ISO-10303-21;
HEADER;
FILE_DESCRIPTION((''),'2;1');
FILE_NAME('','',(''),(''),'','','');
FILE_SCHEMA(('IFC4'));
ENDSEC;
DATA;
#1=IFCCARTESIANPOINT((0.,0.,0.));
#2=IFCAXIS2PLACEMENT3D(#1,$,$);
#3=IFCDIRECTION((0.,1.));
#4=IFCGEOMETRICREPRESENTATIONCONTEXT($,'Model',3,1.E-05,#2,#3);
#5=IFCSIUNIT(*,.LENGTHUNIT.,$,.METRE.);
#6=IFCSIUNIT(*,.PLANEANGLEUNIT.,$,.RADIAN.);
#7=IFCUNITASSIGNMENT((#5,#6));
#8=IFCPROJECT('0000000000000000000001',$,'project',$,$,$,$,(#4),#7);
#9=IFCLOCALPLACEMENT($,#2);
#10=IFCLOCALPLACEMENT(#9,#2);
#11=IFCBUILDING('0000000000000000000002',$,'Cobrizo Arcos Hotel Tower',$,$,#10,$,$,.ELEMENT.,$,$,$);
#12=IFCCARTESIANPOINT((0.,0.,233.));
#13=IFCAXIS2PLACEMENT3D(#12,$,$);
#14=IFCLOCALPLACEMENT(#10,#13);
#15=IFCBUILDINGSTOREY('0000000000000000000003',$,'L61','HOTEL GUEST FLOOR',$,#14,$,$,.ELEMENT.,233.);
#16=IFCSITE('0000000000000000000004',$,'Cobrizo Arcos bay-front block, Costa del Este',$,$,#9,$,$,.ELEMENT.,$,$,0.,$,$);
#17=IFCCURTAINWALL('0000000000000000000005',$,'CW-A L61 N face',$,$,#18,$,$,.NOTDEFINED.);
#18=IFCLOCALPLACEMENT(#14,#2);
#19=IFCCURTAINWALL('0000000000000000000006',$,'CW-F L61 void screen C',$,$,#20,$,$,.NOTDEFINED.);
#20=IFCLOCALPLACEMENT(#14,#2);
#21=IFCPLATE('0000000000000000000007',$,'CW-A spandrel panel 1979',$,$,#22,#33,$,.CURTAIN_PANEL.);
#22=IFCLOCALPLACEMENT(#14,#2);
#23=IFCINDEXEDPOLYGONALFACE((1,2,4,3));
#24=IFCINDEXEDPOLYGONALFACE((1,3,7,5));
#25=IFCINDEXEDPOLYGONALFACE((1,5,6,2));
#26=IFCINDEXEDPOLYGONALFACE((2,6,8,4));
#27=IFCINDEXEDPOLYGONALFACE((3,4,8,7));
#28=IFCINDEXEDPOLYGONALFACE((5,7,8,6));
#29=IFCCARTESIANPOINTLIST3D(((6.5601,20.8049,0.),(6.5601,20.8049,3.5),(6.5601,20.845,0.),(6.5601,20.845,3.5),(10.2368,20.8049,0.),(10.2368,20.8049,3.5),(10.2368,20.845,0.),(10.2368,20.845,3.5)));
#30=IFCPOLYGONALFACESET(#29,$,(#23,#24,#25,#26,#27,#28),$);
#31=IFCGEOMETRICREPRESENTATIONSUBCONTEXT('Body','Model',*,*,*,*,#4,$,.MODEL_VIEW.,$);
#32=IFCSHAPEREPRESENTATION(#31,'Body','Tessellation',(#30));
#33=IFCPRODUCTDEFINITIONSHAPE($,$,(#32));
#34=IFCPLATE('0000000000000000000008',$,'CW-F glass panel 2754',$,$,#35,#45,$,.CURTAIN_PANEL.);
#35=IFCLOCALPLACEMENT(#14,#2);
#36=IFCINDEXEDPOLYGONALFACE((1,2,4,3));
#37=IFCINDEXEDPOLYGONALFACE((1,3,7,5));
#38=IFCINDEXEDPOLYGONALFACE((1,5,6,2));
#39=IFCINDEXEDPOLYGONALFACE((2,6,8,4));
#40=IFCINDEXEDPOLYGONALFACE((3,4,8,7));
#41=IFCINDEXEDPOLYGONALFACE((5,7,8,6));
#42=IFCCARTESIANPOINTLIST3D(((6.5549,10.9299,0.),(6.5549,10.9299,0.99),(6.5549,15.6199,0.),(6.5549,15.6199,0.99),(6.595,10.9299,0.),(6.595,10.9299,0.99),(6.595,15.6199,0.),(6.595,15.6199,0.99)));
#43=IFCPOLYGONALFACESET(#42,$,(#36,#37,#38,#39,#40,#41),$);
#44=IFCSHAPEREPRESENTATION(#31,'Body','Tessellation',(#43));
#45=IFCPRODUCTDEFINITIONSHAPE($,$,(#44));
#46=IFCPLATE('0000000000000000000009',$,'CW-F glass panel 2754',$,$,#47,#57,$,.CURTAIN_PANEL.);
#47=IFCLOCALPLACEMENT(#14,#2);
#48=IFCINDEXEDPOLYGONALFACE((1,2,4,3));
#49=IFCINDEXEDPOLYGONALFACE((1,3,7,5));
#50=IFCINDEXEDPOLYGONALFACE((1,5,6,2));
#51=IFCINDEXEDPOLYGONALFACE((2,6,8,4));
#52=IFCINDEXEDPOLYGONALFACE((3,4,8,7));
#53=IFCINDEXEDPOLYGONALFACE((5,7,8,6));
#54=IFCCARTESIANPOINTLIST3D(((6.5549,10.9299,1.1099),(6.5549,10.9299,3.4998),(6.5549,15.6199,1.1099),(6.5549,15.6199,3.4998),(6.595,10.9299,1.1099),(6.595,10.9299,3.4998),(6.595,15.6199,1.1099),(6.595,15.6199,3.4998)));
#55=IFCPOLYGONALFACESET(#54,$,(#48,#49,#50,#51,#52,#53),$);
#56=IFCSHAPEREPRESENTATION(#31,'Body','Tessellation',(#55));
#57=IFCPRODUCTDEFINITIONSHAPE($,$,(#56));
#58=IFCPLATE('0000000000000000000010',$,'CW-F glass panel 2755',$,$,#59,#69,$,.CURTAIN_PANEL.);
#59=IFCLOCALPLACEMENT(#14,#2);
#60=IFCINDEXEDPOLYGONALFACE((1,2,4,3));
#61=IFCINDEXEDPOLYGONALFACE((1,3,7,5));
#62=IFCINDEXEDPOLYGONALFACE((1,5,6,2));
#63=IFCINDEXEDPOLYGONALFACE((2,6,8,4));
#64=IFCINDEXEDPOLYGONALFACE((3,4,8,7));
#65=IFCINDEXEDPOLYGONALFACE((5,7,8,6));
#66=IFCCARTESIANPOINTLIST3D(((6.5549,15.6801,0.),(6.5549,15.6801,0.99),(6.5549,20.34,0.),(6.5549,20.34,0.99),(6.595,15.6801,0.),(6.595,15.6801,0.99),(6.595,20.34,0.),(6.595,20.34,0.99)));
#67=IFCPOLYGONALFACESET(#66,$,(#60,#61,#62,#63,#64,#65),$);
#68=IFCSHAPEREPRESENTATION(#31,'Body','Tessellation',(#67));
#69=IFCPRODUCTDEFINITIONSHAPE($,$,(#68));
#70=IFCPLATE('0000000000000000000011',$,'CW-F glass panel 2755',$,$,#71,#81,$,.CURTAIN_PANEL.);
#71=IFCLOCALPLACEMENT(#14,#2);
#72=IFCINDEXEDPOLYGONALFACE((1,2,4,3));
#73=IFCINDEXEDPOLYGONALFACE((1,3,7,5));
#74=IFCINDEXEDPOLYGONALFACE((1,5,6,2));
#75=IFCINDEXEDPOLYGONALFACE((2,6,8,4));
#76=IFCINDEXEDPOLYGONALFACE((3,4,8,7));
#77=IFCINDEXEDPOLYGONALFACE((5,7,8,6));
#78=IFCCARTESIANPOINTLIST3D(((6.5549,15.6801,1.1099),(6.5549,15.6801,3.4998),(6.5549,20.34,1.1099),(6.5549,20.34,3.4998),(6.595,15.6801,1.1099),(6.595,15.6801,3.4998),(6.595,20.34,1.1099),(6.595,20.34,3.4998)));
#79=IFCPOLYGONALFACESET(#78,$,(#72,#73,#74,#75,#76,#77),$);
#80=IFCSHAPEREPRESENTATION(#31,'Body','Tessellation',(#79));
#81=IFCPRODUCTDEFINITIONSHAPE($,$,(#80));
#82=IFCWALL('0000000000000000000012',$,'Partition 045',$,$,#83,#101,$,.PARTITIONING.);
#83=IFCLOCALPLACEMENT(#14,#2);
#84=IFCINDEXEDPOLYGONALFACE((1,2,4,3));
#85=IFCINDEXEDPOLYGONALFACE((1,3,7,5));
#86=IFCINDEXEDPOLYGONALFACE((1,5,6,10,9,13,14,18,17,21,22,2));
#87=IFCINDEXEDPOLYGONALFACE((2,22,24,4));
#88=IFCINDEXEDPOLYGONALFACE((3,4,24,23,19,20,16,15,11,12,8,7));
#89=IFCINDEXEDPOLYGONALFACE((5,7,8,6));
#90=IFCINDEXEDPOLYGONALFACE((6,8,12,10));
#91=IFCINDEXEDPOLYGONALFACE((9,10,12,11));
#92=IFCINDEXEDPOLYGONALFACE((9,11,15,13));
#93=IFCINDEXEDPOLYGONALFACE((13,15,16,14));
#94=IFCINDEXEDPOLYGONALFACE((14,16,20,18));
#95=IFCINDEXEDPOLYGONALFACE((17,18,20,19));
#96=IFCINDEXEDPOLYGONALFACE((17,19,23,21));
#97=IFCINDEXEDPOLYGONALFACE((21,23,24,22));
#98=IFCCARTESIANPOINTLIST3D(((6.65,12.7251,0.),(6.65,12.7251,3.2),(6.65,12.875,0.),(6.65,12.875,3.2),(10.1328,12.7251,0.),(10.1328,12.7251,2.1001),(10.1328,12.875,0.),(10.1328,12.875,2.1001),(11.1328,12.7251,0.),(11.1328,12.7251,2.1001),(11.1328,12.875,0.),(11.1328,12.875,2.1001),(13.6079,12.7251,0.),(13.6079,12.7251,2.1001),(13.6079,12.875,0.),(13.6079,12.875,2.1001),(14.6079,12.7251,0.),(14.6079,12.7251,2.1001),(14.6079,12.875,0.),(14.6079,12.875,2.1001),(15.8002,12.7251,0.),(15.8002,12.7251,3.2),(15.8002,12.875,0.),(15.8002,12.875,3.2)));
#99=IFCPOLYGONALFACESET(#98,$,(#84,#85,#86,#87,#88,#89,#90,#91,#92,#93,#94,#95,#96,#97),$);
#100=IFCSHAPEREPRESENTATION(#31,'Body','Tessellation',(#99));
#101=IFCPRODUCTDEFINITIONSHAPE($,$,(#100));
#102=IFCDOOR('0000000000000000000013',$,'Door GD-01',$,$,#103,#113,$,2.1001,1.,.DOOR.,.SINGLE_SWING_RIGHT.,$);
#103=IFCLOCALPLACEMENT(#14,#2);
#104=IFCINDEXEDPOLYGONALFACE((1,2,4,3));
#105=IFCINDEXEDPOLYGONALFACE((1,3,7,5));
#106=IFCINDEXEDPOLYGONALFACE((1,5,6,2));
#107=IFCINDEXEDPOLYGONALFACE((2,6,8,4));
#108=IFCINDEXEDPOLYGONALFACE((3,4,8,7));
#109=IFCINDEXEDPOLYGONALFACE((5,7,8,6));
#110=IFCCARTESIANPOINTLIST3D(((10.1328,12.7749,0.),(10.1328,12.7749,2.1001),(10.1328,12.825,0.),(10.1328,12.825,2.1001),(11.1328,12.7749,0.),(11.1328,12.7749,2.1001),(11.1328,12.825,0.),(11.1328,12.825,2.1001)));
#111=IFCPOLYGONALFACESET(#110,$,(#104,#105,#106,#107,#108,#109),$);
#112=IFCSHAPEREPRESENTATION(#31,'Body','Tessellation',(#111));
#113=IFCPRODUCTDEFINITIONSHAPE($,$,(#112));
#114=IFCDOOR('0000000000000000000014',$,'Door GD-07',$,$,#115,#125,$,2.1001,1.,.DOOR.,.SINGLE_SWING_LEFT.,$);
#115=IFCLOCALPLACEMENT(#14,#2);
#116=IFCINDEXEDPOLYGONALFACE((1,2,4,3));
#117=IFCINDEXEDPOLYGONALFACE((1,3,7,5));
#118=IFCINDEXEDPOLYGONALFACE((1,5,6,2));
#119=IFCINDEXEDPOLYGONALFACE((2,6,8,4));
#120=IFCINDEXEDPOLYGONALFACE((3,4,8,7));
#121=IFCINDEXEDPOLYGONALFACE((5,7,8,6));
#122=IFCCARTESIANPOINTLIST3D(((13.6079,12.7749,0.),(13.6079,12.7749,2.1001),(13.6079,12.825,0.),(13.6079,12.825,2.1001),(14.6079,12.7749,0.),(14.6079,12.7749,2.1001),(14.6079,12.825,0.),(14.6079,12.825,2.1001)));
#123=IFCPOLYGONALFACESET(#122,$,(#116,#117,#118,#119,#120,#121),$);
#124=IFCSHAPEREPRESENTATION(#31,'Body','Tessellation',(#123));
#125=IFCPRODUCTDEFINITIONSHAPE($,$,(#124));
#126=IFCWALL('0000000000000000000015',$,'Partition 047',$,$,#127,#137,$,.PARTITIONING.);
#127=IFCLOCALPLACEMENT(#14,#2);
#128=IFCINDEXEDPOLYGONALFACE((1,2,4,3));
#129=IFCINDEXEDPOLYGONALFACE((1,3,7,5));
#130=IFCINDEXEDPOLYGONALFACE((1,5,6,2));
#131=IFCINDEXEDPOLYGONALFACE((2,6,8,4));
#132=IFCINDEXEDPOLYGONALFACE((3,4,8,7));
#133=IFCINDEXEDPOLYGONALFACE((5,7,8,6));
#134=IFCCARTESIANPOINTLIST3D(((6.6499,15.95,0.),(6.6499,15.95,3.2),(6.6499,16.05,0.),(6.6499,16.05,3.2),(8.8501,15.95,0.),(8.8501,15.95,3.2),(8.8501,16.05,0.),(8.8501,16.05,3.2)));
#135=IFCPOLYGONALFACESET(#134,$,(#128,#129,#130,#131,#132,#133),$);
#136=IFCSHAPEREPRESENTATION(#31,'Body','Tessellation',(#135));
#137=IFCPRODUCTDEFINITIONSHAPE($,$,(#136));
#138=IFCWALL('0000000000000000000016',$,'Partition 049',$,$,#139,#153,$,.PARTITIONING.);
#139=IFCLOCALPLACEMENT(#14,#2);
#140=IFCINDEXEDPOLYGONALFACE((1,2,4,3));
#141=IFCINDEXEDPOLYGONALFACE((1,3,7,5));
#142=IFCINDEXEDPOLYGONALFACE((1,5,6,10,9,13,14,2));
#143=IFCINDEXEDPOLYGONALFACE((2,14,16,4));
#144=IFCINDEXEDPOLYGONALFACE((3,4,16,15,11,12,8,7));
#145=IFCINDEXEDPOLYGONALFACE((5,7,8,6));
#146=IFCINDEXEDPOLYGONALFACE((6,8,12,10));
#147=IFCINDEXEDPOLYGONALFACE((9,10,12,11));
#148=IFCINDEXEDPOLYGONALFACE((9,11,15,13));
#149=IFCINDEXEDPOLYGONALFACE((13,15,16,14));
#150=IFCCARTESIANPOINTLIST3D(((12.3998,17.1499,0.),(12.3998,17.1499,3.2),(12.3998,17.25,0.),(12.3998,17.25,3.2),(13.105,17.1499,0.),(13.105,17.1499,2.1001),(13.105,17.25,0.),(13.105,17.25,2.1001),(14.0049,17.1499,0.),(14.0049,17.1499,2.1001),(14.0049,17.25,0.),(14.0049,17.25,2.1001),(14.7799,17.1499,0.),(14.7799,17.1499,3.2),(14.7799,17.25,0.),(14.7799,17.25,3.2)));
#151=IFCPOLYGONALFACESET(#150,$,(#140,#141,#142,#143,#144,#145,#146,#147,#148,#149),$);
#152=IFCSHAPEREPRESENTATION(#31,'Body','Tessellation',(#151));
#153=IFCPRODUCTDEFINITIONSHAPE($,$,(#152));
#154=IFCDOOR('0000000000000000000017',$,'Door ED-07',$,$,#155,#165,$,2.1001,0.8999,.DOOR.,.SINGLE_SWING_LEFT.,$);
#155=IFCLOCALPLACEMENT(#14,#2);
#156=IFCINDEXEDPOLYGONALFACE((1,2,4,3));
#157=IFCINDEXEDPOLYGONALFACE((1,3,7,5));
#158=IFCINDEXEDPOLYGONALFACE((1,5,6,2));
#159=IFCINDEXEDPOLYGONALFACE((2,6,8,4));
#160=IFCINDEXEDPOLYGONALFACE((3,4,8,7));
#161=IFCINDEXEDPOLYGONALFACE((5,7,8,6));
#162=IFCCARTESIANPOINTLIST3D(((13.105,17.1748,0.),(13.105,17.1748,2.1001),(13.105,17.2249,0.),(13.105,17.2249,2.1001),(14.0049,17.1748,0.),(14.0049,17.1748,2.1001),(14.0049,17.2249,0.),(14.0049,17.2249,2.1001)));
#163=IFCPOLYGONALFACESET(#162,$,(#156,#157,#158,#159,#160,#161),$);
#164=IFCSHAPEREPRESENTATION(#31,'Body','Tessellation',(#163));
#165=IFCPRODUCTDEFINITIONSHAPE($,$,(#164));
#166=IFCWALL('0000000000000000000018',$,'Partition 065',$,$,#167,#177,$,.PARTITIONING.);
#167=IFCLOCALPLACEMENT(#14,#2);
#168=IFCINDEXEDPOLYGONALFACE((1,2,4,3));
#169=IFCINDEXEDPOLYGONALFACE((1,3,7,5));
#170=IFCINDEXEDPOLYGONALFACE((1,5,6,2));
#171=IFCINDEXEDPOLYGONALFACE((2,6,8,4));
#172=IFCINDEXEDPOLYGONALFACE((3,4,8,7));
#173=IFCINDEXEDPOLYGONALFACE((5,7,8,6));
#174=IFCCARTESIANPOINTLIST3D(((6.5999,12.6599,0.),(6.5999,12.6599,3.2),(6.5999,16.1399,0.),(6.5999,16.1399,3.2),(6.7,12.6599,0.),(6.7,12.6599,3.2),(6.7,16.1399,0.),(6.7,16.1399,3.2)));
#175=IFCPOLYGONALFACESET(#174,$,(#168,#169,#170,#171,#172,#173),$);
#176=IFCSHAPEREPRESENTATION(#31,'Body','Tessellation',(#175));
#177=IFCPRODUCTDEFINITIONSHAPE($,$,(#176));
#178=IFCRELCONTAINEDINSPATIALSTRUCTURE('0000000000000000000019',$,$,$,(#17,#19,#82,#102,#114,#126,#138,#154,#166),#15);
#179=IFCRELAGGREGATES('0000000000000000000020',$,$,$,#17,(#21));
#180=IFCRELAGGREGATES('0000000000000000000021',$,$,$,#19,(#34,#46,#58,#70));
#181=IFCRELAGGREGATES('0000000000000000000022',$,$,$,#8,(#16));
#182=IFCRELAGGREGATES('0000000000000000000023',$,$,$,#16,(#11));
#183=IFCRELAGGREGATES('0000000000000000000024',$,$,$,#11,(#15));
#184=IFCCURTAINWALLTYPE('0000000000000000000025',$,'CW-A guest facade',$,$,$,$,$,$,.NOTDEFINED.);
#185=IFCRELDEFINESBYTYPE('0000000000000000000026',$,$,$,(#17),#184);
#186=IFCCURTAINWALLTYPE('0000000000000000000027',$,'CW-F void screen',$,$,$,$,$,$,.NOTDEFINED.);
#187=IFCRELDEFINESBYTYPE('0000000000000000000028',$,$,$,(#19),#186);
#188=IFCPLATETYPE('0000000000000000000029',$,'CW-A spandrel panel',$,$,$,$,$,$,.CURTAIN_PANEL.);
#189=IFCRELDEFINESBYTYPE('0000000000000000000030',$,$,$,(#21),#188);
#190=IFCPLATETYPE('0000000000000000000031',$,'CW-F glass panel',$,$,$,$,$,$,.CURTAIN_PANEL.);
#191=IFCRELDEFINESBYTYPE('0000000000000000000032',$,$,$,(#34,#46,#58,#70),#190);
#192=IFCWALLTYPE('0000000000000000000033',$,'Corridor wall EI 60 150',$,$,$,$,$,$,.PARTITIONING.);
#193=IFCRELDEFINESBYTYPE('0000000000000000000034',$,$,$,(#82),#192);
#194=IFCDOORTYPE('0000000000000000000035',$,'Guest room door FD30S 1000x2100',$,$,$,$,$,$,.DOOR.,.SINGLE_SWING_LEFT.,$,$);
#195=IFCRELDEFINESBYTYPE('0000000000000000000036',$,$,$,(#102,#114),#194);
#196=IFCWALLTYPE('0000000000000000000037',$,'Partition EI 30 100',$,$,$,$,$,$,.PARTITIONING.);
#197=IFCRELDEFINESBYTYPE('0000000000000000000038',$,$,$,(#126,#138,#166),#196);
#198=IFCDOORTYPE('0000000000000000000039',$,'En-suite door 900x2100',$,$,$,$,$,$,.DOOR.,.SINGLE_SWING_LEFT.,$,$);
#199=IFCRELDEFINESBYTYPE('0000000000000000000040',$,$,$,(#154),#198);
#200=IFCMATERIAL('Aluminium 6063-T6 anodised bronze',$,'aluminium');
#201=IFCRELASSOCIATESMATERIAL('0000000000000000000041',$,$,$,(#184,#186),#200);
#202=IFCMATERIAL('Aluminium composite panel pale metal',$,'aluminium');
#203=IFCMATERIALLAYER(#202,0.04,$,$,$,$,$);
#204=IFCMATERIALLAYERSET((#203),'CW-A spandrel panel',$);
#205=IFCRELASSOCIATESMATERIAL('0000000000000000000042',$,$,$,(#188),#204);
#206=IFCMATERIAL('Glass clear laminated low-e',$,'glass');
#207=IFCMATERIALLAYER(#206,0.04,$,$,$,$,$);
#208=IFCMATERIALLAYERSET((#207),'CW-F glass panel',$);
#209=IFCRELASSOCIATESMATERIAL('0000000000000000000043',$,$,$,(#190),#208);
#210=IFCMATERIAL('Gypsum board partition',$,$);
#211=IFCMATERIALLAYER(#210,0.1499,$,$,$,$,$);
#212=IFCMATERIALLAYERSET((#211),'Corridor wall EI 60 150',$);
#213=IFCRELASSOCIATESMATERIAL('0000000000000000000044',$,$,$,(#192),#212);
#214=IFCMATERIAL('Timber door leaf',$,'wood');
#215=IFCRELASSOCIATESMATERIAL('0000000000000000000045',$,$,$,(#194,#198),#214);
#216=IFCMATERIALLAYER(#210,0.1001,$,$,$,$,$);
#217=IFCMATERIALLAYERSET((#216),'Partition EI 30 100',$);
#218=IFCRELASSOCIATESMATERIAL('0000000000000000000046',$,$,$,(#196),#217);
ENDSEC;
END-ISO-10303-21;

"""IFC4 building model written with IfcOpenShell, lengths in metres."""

from ifc_helpers import new_model, si_unit, direction, frame, frame_2d, origin, origin_2d, place, context, subcontext, project, spatial, rectangle, extrude, material, layer, layer_set, type_object, element, fill, aggregate, save


model = new_model("IFC4")

# Units and contexts
model_context = context("Model", 3, precision=1e-05, world=origin(), true_north=direction((0.0, 1.0)))
body_context = subcontext(model_context, "Body", "Model", "MODEL_VIEW")
ifc_project = project(units=[si_unit("LENGTHUNIT", "METRE"), si_unit("PLANEANGLEUNIT", "RADIAN")], contexts=[model_context])

# Site, building, storey
site_placement = place(None, origin())
site = spatial("IfcSite", under=ifc_project, at=site_placement, Name="Cobrizo Arcos bay-front block, Costa del Este", CompositionType="ELEMENT", RefElevation=0.0)
building_placement = place(site_placement, origin())
building = spatial("IfcBuilding", under=site, at=building_placement, Name="Cobrizo Arcos Hotel Tower", CompositionType="ELEMENT")
storey_placement = place(building_placement, frame((0.0, 0.0, 233.0)))
storey = spatial("IfcBuildingStorey", under=building, at=storey_placement, Name="L61", Description="HOTEL GUEST FLOOR", CompositionType="ELEMENT", Elevation=233.0)

# Curtain wall
ifc_material_1 = material(Name="Aluminium 6063-T6 anodised bronze", Category="aluminium")
curtain_wall_type_1 = type_object("IfcCurtainWallType", Name="CW-A guest facade", PredefinedType="NOTDEFINED", material=ifc_material_1)
curtain_wall_1_placement = place(storey_placement, origin())
curtain_wall_1 = element("IfcCurtainWall", 1, at=curtain_wall_1_placement, inside=storey, type_object=curtain_wall_type_1, Name="CW-A L61 N face", PredefinedType="NOTDEFINED")

# Curtain wall
curtain_wall_type_2 = type_object("IfcCurtainWallType", Name="CW-F void screen", PredefinedType="NOTDEFINED", material=ifc_material_1)
curtain_wall_2_placement = place(storey_placement, origin())
curtain_wall_2 = element("IfcCurtainWall", 2, at=curtain_wall_2_placement, inside=storey, type_object=curtain_wall_type_2, Name="CW-F L61 void screen C", PredefinedType="NOTDEFINED")

# Plates
ifc_material_2 = material(Name="Aluminium composite panel pale metal", Category="aluminium")
ifc_layer_1 = layer(ifc_material_2, 0.04)
ifc_layer_set_1 = layer_set([ifc_layer_1], Name="CW-A spandrel panel")
plate_type_1 = type_object("IfcPlateType", Name="CW-A spandrel panel", PredefinedType="CURTAIN_PANEL", material=ifc_layer_set_1)
plate_1_placement = place(storey_placement, frame((8.3984, 20.825, 0.0), z_axis=(0.0, 0.0, 1.0), x_axis=(-1.0, 0.0, 0.0)))
plate_1 = element("IfcPlate", 3, at=plate_1_placement, type_object=plate_type_1, Name="CW-A spandrel panel 1979", PredefinedType="CURTAIN_PANEL", context=body_context, shape_type="SweptSolid", body=[
    extrude(rectangle(XDim=3.6768, YDim=0.04, at=origin_2d()), origin(), (0.0, 0.0, 1.0), 3.5),
])
aggregate(curtain_wall_1, [plate_1])
ifc_material_3 = material(Name="Glass clear laminated low-e", Category="glass")
ifc_layer_2 = layer(ifc_material_3, 0.04)
ifc_layer_set_2 = layer_set([ifc_layer_2], Name="CW-F glass panel")
plate_type_2 = type_object("IfcPlateType", Name="CW-F glass panel", PredefinedType="CURTAIN_PANEL", material=ifc_layer_set_2)
plate_2_placement = place(storey_placement, frame((6.575, 13.2749, 0.0), z_axis=(0.0, 0.0, 1.0), x_axis=(0.0, 1.0, 0.0)))
plate_2 = element("IfcPlate", 4, at=plate_2_placement, type_object=plate_type_2, Name="CW-F glass panel 2754", PredefinedType="CURTAIN_PANEL", context=body_context, shape_type="SweptSolid", body=[
    extrude(rectangle(XDim=4.6899, YDim=0.04, at=origin_2d()), origin(), (0.0, 0.0, 1.0), 0.99),
])
plate_3_placement = place(storey_placement, frame((6.575, 13.2749, 1.1099), z_axis=(0.0, 0.0, 1.0), x_axis=(0.0, 1.0, 0.0)))
plate_3 = element("IfcPlate", 5, at=plate_3_placement, type_object=plate_type_2, Name="CW-F glass panel 2754", PredefinedType="CURTAIN_PANEL", context=body_context, shape_type="SweptSolid", body=[
    extrude(rectangle(XDim=4.6899, YDim=0.04, at=origin_2d()), origin(), (0.0, 0.0, 1.0), 2.3899),
])
plate_4_placement = place(storey_placement, frame((6.575, 18.01, 0.0), z_axis=(0.0, 0.0, 1.0), x_axis=(0.0, 1.0, 0.0)))
plate_4 = element("IfcPlate", 6, at=plate_4_placement, type_object=plate_type_2, Name="CW-F glass panel 2755", PredefinedType="CURTAIN_PANEL", context=body_context, shape_type="SweptSolid", body=[
    extrude(rectangle(XDim=4.6599, YDim=0.04, at=origin_2d()), origin(), (0.0, 0.0, 1.0), 0.99),
])
plate_5_placement = place(storey_placement, frame((6.575, 18.01, 1.1099), z_axis=(0.0, 0.0, 1.0), x_axis=(0.0, 1.0, 0.0)))
plate_5 = element("IfcPlate", 7, at=plate_5_placement, type_object=plate_type_2, Name="CW-F glass panel 2755", PredefinedType="CURTAIN_PANEL", context=body_context, shape_type="SweptSolid", body=[
    extrude(rectangle(XDim=4.6599, YDim=0.04, at=origin_2d()), origin(), (0.0, 0.0, 1.0), 2.3899),
])
aggregate(curtain_wall_2, [plate_2, plate_3, plate_4, plate_5])

# Wall, openings, doors
ifc_material_4 = material(Name="Gypsum board partition")
ifc_layer_3 = layer(ifc_material_4, 0.1499)
ifc_layer_set_3 = layer_set([ifc_layer_3], Name="Corridor wall EI 60 150")
wall_type_1 = type_object("IfcWallType", Name="Corridor wall EI 60 150", PredefinedType="PARTITIONING", material=ifc_layer_set_3)
wall_1_placement = place(storey_placement, frame((6.6499, 12.8, 0.0), z_axis=(0.0, 0.0, 1.0), x_axis=(1.0, 0.0, 0.0)))
wall_1 = element("IfcWall", 8, at=wall_1_placement, inside=storey, type_object=wall_type_1, Name="Partition 045", PredefinedType="PARTITIONING", context=body_context, shape_type="SweptSolid", body=[
    extrude(rectangle(XDim=9.1501, YDim=0.1499, at=frame_2d((4.5752, 0.0))), origin(), (0.0, 0.0, 1.0), 3.2),
])
opening_1_placement = place(wall_1_placement, frame((3.4829, 0.0, 0.0)))
opening_1 = element("IfcOpeningElement", 9, at=opening_1_placement, cuts=wall_1, PredefinedType="OPENING", context=body_context, shape_type="SweptSolid", body=[
    extrude(rectangle(XDim=1.0, YDim=2.1001, at=frame_2d((0.5, 1.05))), frame((0.0, 0.0869, 0.0), z_axis=(0.0, -1.0, 0.0), x_axis=(1.0, 0.0, 0.0)), (0.0, 0.0, 1.0), 0.1738),
])
opening_2_placement = place(wall_1_placement, frame((6.958, 0.0, 0.0)))
opening_2 = element("IfcOpeningElement", 10, at=opening_2_placement, cuts=wall_1, PredefinedType="OPENING", context=body_context, shape_type="SweptSolid", body=[
    extrude(rectangle(XDim=1.0, YDim=2.1001, at=frame_2d((0.5, 1.05))), frame((0.0, 0.0869, 0.0), z_axis=(0.0, -1.0, 0.0), x_axis=(1.0, 0.0, 0.0)), (0.0, 0.0, 1.0), 0.1738),
])
ifc_material_5 = material(Name="Timber door leaf", Category="wood")
door_type_1 = type_object("IfcDoorType", Name="Guest room door FD30S 1000x2100", OperationType="SINGLE_SWING_LEFT", PredefinedType="DOOR", material=ifc_material_5)
door_1_placement = place(opening_1_placement, origin())
door_1 = element("IfcDoor", 11, at=door_1_placement, inside=storey, type_object=door_type_1, Name="Door GD-01", OperationType="SINGLE_SWING_RIGHT", OverallHeight=2.1001, OverallWidth=1.0, PredefinedType="DOOR", context=body_context, shape_type="SweptSolid", body=[
    extrude(rectangle(XDim=1.0, YDim=2.1001, at=frame_2d((0.5, 1.05))), frame((0.0, 0.0249, 0.0), z_axis=(0.0, -1.0, 0.0), x_axis=(1.0, 0.0, 0.0)), (0.0, 0.0, 1.0), 0.05),
])
fill(opening_1, door_1)
door_2_placement = place(opening_2_placement, origin())
door_2 = element("IfcDoor", 12, at=door_2_placement, inside=storey, type_object=door_type_1, Name="Door GD-07", OperationType="SINGLE_SWING_LEFT", OverallHeight=2.1001, OverallWidth=1.0, PredefinedType="DOOR", context=body_context, shape_type="SweptSolid", body=[
    extrude(rectangle(XDim=1.0, YDim=2.1001, at=frame_2d((0.5, 1.05))), frame((0.0, 0.0249, 0.0), z_axis=(0.0, -1.0, 0.0), x_axis=(1.0, 0.0, 0.0)), (0.0, 0.0, 1.0), 0.05),
])
fill(opening_2, door_2)

# Wall
ifc_layer_4 = layer(ifc_material_4, 0.1001)
ifc_layer_set_4 = layer_set([ifc_layer_4], Name="Partition EI 30 100")
wall_type_2 = type_object("IfcWallType", Name="Partition EI 30 100", PredefinedType="PARTITIONING", material=ifc_layer_set_4)
wall_2_placement = place(storey_placement, frame((6.6499, 16.0, 0.0), z_axis=(0.0, 0.0, 1.0), x_axis=(1.0, 0.0, 0.0)))
element("IfcWall", 13, at=wall_2_placement, inside=storey, type_object=wall_type_2, Name="Partition 047", PredefinedType="PARTITIONING", context=body_context, shape_type="SweptSolid", body=[
    extrude(rectangle(XDim=2.2002, YDim=0.1001, at=frame_2d((1.1001, 0.0))), origin(), (0.0, 0.0, 1.0), 3.2),
])

# Wall, opening, door
wall_3_placement = place(storey_placement, frame((12.3999, 17.2, 0.0), z_axis=(0.0, 0.0, 1.0), x_axis=(1.0, 0.0, 0.0)))
wall_3 = element("IfcWall", 14, at=wall_3_placement, inside=storey, type_object=wall_type_2, Name="Partition 049", PredefinedType="PARTITIONING", context=body_context, shape_type="SweptSolid", body=[
    extrude(rectangle(XDim=2.3801, YDim=0.1001, at=frame_2d((1.1899, 0.0))), origin(), (0.0, 0.0, 1.0), 3.2),
])
opening_3_placement = place(wall_3_placement, frame((0.7051, 0.0, 0.0)))
opening_3 = element("IfcOpeningElement", 15, at=opening_3_placement, cuts=wall_3, PredefinedType="OPENING", context=body_context, shape_type="SweptSolid", body=[
    extrude(rectangle(XDim=0.8999, YDim=2.1001, at=frame_2d((0.45, 1.05))), frame((0.0, 0.062, 0.0), z_axis=(0.0, -1.0, 0.0), x_axis=(1.0, 0.0, 0.0)), (0.0, 0.0, 1.0), 0.124),
])
door_type_2 = type_object("IfcDoorType", Name="En-suite door 900x2100", OperationType="SINGLE_SWING_LEFT", PredefinedType="DOOR", material=ifc_material_5)
door_3_placement = place(opening_3_placement, origin())
door_3 = element("IfcDoor", 16, at=door_3_placement, inside=storey, type_object=door_type_2, Name="Door ED-07", OperationType="SINGLE_SWING_LEFT", OverallHeight=2.1001, OverallWidth=0.8999, PredefinedType="DOOR", context=body_context, shape_type="SweptSolid", body=[
    extrude(rectangle(XDim=0.8999, YDim=2.1001, at=frame_2d((0.45, 1.05))), frame((0.0, 0.0249, 0.0), z_axis=(0.0, -1.0, 0.0), x_axis=(1.0, 0.0, 0.0)), (0.0, 0.0, 1.0), 0.05),
])
fill(opening_3, door_3)

# Wall
wall_4_placement = place(storey_placement, frame((6.6499, 12.6599, 0.0), z_axis=(0.0, 0.0, 1.0), x_axis=(0.0, 1.0, 0.0)))
element("IfcWall", 17, at=wall_4_placement, inside=storey, type_object=wall_type_2, Name="Partition 065", PredefinedType="PARTITIONING", context=body_context, shape_type="SweptSolid", body=[
    extrude(rectangle(XDim=3.48, YDim=0.1001, at=frame_2d((1.74, 0.0))), origin(), (0.0, 0.0, 1.0), 3.2),
])

save(model, "model.ifc")
